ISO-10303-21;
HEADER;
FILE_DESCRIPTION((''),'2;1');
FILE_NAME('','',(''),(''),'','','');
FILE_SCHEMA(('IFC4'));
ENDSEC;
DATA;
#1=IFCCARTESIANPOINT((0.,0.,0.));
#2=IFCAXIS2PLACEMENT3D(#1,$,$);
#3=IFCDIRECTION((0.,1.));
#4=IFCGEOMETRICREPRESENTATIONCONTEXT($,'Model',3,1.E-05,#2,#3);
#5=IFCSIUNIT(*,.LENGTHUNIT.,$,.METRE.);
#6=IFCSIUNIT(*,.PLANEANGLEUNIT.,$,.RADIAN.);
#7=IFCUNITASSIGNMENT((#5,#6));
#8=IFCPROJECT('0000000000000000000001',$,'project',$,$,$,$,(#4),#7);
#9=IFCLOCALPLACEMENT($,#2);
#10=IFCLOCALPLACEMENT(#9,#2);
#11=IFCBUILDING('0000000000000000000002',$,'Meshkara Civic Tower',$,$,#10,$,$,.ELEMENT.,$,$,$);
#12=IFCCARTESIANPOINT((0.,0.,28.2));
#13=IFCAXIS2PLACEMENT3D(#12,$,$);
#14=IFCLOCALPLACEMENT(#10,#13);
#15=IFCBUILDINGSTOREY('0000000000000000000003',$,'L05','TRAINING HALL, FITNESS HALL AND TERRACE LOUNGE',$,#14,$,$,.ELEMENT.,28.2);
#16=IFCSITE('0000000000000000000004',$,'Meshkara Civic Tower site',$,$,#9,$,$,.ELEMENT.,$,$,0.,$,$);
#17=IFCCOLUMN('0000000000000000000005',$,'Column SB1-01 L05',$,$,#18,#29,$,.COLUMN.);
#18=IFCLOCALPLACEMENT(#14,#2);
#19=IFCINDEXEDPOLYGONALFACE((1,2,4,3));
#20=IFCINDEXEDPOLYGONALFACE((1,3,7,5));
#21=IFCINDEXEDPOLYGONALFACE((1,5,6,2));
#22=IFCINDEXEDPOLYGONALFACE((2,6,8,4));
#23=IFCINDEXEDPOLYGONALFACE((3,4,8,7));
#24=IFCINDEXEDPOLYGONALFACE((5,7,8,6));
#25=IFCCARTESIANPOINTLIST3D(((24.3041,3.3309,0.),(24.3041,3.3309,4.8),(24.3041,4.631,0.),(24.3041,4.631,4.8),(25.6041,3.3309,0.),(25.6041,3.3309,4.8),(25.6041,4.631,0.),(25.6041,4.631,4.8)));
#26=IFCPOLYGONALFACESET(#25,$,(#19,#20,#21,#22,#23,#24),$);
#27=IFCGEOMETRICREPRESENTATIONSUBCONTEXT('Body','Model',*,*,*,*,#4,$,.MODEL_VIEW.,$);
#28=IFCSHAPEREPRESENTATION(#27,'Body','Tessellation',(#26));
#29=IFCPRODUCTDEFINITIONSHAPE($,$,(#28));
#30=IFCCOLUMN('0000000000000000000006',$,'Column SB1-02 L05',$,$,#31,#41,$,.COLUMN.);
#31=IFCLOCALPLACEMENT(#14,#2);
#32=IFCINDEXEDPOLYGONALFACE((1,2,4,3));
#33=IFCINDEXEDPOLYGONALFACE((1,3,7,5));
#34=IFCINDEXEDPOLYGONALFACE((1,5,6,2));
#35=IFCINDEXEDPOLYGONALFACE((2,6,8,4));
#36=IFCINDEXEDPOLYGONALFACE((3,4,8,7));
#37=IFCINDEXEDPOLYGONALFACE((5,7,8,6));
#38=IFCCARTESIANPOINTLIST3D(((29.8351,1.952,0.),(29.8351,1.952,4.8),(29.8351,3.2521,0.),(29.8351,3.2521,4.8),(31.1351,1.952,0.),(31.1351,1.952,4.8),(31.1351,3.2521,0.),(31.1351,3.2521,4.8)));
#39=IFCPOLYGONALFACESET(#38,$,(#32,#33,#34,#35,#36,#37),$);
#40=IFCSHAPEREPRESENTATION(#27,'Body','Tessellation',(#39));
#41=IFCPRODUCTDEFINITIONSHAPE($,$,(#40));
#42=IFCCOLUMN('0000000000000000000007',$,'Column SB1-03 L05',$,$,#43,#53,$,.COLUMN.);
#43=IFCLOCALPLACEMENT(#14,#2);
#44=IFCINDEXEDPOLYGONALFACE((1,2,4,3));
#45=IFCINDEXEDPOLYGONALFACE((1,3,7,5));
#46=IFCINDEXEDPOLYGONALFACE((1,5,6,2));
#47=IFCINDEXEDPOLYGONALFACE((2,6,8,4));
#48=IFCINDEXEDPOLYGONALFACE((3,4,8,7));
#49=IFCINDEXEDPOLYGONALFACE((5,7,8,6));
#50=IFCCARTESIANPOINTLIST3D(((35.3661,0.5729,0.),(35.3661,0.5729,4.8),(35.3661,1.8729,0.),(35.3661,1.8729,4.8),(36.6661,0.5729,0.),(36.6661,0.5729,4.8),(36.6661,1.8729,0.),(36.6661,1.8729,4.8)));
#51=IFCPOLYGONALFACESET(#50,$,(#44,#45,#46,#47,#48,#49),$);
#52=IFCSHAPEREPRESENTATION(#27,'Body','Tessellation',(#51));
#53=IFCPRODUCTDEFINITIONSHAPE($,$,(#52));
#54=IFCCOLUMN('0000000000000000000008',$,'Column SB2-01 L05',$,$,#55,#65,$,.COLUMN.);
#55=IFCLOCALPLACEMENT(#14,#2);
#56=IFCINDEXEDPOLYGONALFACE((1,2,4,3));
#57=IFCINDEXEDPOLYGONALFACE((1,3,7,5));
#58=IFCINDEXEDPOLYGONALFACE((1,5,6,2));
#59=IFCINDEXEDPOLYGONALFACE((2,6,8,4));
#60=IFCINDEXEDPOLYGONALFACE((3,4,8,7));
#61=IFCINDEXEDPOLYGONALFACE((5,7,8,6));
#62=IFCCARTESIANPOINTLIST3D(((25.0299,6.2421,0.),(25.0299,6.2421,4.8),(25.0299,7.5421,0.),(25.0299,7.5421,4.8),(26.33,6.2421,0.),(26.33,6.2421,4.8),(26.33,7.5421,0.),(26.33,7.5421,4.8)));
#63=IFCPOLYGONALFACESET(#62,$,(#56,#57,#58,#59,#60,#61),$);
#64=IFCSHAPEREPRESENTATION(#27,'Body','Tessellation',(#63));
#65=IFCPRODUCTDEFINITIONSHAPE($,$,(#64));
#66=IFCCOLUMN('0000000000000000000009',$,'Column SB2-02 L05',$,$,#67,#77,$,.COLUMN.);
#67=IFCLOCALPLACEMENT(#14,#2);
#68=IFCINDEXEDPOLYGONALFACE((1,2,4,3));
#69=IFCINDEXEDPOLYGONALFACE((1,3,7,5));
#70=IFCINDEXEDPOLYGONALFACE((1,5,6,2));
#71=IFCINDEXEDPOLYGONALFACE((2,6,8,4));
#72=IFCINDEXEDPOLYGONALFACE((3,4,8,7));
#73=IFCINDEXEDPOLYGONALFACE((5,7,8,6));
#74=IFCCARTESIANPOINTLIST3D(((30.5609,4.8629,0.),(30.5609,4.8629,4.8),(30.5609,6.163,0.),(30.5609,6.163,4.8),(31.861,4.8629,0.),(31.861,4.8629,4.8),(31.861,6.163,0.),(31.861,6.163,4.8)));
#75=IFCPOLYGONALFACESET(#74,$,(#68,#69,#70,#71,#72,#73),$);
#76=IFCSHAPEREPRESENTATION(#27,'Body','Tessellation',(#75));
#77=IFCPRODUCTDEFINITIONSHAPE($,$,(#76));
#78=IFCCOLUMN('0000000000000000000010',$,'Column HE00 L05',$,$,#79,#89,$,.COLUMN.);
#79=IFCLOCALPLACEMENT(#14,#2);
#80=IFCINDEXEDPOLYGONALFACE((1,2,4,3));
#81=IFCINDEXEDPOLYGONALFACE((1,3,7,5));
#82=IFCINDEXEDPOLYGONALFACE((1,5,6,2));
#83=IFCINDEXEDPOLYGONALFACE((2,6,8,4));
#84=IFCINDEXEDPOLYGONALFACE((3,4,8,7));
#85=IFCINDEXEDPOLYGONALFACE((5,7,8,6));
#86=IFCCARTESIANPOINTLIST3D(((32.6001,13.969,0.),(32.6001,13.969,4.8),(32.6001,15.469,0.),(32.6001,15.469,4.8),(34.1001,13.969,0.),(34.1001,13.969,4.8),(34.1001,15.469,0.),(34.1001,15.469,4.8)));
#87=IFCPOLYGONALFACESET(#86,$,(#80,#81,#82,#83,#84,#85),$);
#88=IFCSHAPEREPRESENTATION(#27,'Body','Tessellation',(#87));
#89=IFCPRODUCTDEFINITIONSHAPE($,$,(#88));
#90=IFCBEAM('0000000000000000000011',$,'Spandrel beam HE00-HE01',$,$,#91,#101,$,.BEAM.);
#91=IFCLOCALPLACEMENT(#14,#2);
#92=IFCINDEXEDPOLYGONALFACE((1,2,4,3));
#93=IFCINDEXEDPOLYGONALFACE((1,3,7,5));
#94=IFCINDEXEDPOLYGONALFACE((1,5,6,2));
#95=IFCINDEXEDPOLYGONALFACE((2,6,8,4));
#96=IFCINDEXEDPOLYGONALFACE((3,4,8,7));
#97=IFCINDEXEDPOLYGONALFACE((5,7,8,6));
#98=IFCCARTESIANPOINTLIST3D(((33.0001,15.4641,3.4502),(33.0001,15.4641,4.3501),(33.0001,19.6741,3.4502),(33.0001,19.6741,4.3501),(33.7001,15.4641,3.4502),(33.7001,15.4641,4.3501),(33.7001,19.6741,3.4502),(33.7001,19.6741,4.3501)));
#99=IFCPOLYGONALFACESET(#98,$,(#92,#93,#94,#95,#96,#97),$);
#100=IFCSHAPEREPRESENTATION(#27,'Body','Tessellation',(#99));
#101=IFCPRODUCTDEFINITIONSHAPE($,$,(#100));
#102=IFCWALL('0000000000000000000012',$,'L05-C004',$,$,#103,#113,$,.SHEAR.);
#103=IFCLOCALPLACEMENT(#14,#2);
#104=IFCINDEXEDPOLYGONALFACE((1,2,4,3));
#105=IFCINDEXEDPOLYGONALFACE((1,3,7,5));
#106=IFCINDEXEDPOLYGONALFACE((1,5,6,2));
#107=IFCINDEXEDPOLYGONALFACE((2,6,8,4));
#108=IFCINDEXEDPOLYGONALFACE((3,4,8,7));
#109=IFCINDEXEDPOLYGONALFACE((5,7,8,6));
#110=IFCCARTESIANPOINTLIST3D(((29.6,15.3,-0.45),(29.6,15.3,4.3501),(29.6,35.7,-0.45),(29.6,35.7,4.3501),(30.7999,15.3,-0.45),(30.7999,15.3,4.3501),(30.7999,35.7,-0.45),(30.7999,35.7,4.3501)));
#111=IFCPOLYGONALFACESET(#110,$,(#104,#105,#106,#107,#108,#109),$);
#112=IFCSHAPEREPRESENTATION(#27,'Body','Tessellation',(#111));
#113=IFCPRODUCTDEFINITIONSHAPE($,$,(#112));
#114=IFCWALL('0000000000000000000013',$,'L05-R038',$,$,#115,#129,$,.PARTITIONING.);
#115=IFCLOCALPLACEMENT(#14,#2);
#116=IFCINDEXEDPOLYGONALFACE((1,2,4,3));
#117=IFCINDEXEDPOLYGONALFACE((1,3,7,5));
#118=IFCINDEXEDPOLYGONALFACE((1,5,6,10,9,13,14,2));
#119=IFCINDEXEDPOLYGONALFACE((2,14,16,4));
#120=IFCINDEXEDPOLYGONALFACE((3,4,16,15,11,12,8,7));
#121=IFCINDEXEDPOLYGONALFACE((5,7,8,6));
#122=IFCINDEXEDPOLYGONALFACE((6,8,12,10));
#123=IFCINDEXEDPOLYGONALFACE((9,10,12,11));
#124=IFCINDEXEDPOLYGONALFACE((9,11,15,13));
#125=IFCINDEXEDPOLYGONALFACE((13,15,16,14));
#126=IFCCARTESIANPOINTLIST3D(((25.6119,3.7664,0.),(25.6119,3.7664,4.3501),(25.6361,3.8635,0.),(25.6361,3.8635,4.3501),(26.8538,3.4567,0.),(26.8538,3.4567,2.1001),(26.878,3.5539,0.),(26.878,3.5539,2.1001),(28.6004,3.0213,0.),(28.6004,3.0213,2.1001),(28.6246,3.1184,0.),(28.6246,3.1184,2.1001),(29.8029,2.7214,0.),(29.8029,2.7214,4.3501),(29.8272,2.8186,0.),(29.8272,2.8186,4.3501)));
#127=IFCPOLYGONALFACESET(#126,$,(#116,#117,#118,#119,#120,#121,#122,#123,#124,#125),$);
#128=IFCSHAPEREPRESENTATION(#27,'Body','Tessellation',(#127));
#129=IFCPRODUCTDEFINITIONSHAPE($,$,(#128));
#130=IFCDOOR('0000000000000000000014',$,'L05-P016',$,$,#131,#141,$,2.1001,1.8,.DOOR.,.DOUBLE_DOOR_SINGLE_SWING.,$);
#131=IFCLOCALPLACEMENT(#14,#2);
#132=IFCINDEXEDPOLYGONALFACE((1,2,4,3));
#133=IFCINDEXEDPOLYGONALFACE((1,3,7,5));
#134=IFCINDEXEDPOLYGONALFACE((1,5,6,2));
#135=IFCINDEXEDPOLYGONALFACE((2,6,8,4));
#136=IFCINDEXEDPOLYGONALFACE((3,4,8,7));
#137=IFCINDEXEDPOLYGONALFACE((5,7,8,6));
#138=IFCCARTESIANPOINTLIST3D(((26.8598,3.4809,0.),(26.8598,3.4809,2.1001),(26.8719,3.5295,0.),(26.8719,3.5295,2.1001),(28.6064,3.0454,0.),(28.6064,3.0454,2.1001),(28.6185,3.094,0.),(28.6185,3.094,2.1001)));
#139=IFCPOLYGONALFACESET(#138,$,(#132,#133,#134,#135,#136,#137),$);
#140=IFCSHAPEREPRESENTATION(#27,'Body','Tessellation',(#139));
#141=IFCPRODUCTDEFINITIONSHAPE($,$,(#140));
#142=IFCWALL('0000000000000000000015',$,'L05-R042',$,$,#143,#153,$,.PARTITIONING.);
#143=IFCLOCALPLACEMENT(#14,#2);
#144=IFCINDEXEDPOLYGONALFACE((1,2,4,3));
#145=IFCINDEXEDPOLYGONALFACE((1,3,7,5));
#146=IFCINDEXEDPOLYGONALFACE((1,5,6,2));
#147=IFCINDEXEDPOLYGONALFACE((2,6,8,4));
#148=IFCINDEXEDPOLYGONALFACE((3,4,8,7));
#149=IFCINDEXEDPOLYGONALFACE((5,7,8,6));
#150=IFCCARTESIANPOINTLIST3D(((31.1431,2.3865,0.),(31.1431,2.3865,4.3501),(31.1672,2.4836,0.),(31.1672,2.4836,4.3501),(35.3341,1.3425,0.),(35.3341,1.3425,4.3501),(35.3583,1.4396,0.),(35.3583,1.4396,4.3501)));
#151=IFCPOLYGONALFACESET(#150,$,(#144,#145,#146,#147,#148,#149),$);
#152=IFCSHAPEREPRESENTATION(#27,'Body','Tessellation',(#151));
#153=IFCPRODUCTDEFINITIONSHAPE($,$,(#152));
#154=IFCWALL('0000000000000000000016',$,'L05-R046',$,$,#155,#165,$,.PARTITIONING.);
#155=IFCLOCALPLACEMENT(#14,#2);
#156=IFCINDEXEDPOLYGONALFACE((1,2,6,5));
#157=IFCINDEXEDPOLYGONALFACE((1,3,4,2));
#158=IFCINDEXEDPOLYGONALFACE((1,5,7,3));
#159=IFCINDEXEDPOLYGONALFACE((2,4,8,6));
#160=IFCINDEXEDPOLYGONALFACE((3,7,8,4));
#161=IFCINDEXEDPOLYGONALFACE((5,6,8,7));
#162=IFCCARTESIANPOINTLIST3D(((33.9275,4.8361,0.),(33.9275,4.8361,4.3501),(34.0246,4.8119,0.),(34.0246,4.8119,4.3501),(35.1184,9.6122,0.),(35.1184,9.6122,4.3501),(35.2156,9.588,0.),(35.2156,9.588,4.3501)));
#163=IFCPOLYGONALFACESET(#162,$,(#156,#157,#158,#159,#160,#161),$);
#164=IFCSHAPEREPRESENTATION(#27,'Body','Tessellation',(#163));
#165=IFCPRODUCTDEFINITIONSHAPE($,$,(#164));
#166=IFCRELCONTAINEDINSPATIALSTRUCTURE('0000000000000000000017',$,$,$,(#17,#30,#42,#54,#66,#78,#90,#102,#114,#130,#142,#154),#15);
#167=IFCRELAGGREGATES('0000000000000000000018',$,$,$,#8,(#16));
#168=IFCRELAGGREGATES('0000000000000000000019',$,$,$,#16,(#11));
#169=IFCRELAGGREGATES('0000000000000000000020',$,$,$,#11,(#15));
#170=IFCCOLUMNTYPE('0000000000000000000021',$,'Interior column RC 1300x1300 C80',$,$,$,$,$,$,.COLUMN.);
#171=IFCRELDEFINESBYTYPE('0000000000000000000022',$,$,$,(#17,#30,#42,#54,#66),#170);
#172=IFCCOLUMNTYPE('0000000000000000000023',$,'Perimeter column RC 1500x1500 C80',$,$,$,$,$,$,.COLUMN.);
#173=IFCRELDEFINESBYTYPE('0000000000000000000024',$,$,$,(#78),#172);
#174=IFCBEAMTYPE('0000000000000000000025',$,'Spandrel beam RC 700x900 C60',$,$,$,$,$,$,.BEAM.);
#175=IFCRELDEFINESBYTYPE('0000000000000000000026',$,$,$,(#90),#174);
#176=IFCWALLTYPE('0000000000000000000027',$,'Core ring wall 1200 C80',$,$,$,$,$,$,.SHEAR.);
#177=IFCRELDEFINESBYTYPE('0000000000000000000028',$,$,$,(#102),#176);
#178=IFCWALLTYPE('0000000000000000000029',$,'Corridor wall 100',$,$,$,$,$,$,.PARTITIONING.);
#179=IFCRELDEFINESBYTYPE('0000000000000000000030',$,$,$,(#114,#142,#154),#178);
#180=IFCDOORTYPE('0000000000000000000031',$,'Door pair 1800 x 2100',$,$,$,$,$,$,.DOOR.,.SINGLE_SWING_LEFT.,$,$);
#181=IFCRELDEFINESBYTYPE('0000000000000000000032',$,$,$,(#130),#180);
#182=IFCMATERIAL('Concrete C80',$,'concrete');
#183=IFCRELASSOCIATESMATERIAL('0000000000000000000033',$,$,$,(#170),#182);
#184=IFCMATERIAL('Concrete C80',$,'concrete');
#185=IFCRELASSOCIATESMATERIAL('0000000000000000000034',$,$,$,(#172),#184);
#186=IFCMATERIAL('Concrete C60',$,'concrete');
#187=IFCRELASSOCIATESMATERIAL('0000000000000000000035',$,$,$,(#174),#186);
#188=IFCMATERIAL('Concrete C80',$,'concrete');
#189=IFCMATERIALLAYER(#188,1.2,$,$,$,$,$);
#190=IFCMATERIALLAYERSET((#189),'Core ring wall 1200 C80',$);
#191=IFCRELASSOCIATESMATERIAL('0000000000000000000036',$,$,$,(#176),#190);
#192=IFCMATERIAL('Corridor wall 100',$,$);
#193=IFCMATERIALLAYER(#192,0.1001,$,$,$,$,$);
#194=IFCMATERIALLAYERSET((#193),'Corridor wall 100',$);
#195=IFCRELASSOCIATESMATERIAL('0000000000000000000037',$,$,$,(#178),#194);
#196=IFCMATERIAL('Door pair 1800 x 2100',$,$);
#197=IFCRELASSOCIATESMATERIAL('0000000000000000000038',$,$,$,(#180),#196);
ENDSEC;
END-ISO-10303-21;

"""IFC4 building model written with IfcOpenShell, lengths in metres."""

from ifc_helpers import new_model, si_unit, direction, frame, frame_2d, origin, origin_2d, place, context, subcontext, project, spatial, rectangle, extrude, material, layer, layer_set, material_profile, profile_set, type_object, element, fill, save


model = new_model("IFC4")

# Units and contexts
model_context = context("Model", 3, precision=1e-05, world=origin(), true_north=direction((0.0, 1.0)))
body_context = subcontext(model_context, "Body", "Model", "MODEL_VIEW")
ifc_project = project(units=[si_unit("LENGTHUNIT", "METRE"), si_unit("PLANEANGLEUNIT", "RADIAN")], contexts=[model_context])

# Site, building, storey
site_placement = place(None, origin())
site = spatial("IfcSite", under=ifc_project, at=site_placement, Name="Meshkara Civic Tower site", CompositionType="ELEMENT", RefElevation=0.0)
building_placement = place(site_placement, origin())
building = spatial("IfcBuilding", under=site, at=building_placement, Name="Meshkara Civic Tower", CompositionType="ELEMENT")
storey_placement = place(building_placement, frame((0.0, 0.0, 28.2)))
storey = spatial("IfcBuildingStorey", under=building, at=storey_placement, Name="L05", Description="TRAINING HALL, FITNESS HALL AND TERRACE LOUNGE", CompositionType="ELEMENT", Elevation=28.2)

# Columns
ifc_material_1 = material(Name="Concrete C80", Category="concrete")
ifc_material_profile_1 = material_profile(ifc_material_1, rectangle(XDim=1.3, YDim=1.3, at=origin_2d()))
ifc_profile_set_1 = profile_set([ifc_material_profile_1], Name="Concrete C80")
column_type_1 = type_object("IfcColumnType", Name="Interior column RC 1300x1300 C80", PredefinedType="COLUMN", material=ifc_profile_set_1)
for number, where, z_axis, x_axis, name in (
    (1, (24.9541, 3.981, 0.0), (0.0, 0.0, 1.0), (1.0, 0.0, 0.0), "Column SB1-01 L05"),
    (2, (30.4851, 2.6021, 0.0), (0.0, 0.0, 1.0), (1.0, 0.0, 0.0), "Column SB1-02 L05"),
    (3, (36.0161, 1.2229, 0.0), (0.0, 0.0, 1.0), (1.0, 0.0, 0.0), "Column SB1-03 L05"),
    (4, (25.6799, 6.8921, 0.0), (0.0, 0.0, 1.0), (1.0, 0.0, 0.0), "Column SB2-01 L05"),
    (5, (31.2109, 5.5129, 0.0), (0.0, 0.0, 1.0), (1.0, 0.0, 0.0), "Column SB2-02 L05"),
):
    element("IfcColumn", number, at=place(storey_placement, frame(where, z_axis=z_axis, x_axis=x_axis)), inside=storey, type_object=column_type_1, Name=name, PredefinedType="COLUMN", context=body_context, shape_type="SweptSolid", body=[
        extrude(rectangle(XDim=1.3, YDim=1.3, at=origin_2d()), origin(), (0.0, 0.0, 1.0), 4.8),
    ])
ifc_material_2 = material(Name="Concrete C80", Category="concrete")
ifc_material_profile_2 = material_profile(ifc_material_2, rectangle(XDim=1.5, YDim=1.5, at=origin_2d()))
ifc_profile_set_2 = profile_set([ifc_material_profile_2], Name="Concrete C80")
column_type_2 = type_object("IfcColumnType", Name="Perimeter column RC 1500x1500 C80", PredefinedType="COLUMN", material=ifc_profile_set_2)
column_placement = place(storey_placement, frame((33.3501, 14.719, 0.0), z_axis=(0.0, 0.0, 1.0), x_axis=(1.0, 0.0, 0.0)))
element("IfcColumn", 6, at=column_placement, inside=storey, type_object=column_type_2, Name="Column HE00 L05", PredefinedType="COLUMN", context=body_context, shape_type="SweptSolid", body=[
    extrude(rectangle(XDim=1.5, YDim=1.5, at=origin_2d()), origin(), (0.0, 0.0, 1.0), 4.8),
])

# Beam
ifc_material_3 = material(Name="Concrete C60", Category="concrete")
ifc_material_profile_3 = material_profile(ifc_material_3, rectangle(XDim=0.7, YDim=0.8999, at=origin_2d()))
ifc_profile_set_3 = profile_set([ifc_material_profile_3], Name="Concrete C60")
beam_type = type_object("IfcBeamType", Name="Spandrel beam RC 700x900 C60", PredefinedType="BEAM", material=ifc_profile_set_3)
beam_placement = place(storey_placement, frame((33.3501, 15.4641, 3.9001), z_axis=(0.0, 1.0, 0.0), x_axis=(-1.0, 0.0, 0.0)))
element("IfcBeam", 7, at=beam_placement, inside=storey, type_object=beam_type, Name="Spandrel beam HE00-HE01", PredefinedType="BEAM", context=body_context, shape_type="SweptSolid", body=[
    extrude(rectangle(XDim=0.7, YDim=0.8999, at=origin_2d()), origin(), (0.0, 0.0, 1.0), 4.21),
])

# Wall
ifc_material_4 = material(Name="Concrete C80", Category="concrete")
ifc_layer_1 = layer(ifc_material_4, 1.2)
ifc_layer_set_1 = layer_set([ifc_layer_1], Name="Core ring wall 1200 C80")
wall_type_1 = type_object("IfcWallType", Name="Core ring wall 1200 C80", PredefinedType="SHEAR", material=ifc_layer_set_1)
wall_1_placement = place(storey_placement, frame((30.2, 15.3, -0.45), z_axis=(0.0, 0.0, 1.0), x_axis=(0.0, 1.0, 0.0)))
element("IfcWall", 8, at=wall_1_placement, inside=storey, type_object=wall_type_1, Name="L05-C004", PredefinedType="SHEAR", context=body_context, shape_type="SweptSolid", body=[
    extrude(rectangle(XDim=20.3999, YDim=1.2, at=frame_2d((10.2, 0.0))), origin(), (0.0, 0.0, 1.0), 4.8),
])

# Wall, opening, door
ifc_material_5 = material(Name="Corridor wall 100")
ifc_layer_2 = layer(ifc_material_5, 0.1001)
ifc_layer_set_2 = layer_set([ifc_layer_2], Name="Corridor wall 100")
wall_type_2 = type_object("IfcWallType", Name="Corridor wall 100", PredefinedType="PARTITIONING", material=ifc_layer_set_2)
wall_2_placement = place(storey_placement, frame((25.624, 3.8149, 0.0), z_axis=(0.0, 0.0, 1.0), x_axis=(0.970295, -0.241924, 0.0)))
wall_2 = element("IfcWall", 9, at=wall_2_placement, inside=storey, type_object=wall_type_2, Name="L05-R038", PredefinedType="PARTITIONING", context=body_context, shape_type="SweptSolid", body=[
    extrude(rectangle(XDim=4.3193, YDim=0.1001, at=frame_2d((2.1597, 0.0))), origin(), (0.0, 0.0, 1.0), 4.3501),
])
opening_1_placement = place(wall_2_placement, frame((1.28, 0.0, 0.0)))
opening_1 = element("IfcOpeningElement", 10, at=opening_1_placement, cuts=wall_2, PredefinedType="OPENING", context=body_context, shape_type="SweptSolid", body=[
    extrude(rectangle(XDim=1.8, YDim=2.1001, at=frame_2d((0.8999, 1.05))), frame((0.0, 0.0601, 0.0), z_axis=(0.0, -1.0, 0.0), x_axis=(1.0, 0.0, 0.0)), (0.0, 0.0, 1.0), 0.1201),
])
ifc_material_6 = material(Name="Door pair 1800 x 2100")
door_type_1 = type_object("IfcDoorType", Name="Door pair 1800 x 2100", OperationType="SINGLE_SWING_LEFT", PredefinedType="DOOR", material=ifc_material_6)
door_1_placement = place(opening_1_placement, origin())
door_1 = element("IfcDoor", 11, at=door_1_placement, inside=storey, type_object=door_type_1, Name="L05-P016", OperationType="DOUBLE_DOOR_SINGLE_SWING", OverallHeight=2.1001, OverallWidth=1.8, PredefinedType="DOOR", context=body_context, shape_type="SweptSolid", body=[
    extrude(rectangle(XDim=1.8, YDim=2.1001, at=frame_2d((0.8999, 1.05))), frame((0.0, 0.0249, 0.0), z_axis=(0.0, -1.0, 0.0), x_axis=(1.0, 0.0, 0.0)), (0.0, 0.0, 1.0), 0.05),
])
fill(opening_1, door_1)

# Walls
wall_3_placement = place(storey_placement, frame((31.155, 2.4351, 0.0), z_axis=(0.0, 0.0, 1.0), x_axis=(0.970348, -0.241711, 0.0)))
element("IfcWall", 12, at=wall_3_placement, inside=storey, type_object=wall_type_2, Name="L05-R042", PredefinedType="PARTITIONING", context=body_context, shape_type="SweptSolid", body=[
    extrude(rectangle(XDim=4.3191, YDim=0.1001, at=frame_2d((2.1597, 0.0))), origin(), (0.0, 0.0, 1.0), 4.3501),
])
wall_4_placement = place(storey_placement, frame((33.9761, 4.824, 0.0), z_axis=(0.0, 0.0, 1.0), x_axis=(0.24194, 0.970291, 0.0)))
element("IfcWall", 13, at=wall_4_placement, inside=storey, type_object=wall_type_2, Name="L05-R046", PredefinedType="PARTITIONING", context=body_context, shape_type="SweptSolid", body=[
    extrude(rectangle(XDim=4.9224, YDim=0.1001, at=frame_2d((2.4612, 0.0))), origin(), (0.0, 0.0, 1.0), 4.3501),
])

save(model, "model.ifc")
